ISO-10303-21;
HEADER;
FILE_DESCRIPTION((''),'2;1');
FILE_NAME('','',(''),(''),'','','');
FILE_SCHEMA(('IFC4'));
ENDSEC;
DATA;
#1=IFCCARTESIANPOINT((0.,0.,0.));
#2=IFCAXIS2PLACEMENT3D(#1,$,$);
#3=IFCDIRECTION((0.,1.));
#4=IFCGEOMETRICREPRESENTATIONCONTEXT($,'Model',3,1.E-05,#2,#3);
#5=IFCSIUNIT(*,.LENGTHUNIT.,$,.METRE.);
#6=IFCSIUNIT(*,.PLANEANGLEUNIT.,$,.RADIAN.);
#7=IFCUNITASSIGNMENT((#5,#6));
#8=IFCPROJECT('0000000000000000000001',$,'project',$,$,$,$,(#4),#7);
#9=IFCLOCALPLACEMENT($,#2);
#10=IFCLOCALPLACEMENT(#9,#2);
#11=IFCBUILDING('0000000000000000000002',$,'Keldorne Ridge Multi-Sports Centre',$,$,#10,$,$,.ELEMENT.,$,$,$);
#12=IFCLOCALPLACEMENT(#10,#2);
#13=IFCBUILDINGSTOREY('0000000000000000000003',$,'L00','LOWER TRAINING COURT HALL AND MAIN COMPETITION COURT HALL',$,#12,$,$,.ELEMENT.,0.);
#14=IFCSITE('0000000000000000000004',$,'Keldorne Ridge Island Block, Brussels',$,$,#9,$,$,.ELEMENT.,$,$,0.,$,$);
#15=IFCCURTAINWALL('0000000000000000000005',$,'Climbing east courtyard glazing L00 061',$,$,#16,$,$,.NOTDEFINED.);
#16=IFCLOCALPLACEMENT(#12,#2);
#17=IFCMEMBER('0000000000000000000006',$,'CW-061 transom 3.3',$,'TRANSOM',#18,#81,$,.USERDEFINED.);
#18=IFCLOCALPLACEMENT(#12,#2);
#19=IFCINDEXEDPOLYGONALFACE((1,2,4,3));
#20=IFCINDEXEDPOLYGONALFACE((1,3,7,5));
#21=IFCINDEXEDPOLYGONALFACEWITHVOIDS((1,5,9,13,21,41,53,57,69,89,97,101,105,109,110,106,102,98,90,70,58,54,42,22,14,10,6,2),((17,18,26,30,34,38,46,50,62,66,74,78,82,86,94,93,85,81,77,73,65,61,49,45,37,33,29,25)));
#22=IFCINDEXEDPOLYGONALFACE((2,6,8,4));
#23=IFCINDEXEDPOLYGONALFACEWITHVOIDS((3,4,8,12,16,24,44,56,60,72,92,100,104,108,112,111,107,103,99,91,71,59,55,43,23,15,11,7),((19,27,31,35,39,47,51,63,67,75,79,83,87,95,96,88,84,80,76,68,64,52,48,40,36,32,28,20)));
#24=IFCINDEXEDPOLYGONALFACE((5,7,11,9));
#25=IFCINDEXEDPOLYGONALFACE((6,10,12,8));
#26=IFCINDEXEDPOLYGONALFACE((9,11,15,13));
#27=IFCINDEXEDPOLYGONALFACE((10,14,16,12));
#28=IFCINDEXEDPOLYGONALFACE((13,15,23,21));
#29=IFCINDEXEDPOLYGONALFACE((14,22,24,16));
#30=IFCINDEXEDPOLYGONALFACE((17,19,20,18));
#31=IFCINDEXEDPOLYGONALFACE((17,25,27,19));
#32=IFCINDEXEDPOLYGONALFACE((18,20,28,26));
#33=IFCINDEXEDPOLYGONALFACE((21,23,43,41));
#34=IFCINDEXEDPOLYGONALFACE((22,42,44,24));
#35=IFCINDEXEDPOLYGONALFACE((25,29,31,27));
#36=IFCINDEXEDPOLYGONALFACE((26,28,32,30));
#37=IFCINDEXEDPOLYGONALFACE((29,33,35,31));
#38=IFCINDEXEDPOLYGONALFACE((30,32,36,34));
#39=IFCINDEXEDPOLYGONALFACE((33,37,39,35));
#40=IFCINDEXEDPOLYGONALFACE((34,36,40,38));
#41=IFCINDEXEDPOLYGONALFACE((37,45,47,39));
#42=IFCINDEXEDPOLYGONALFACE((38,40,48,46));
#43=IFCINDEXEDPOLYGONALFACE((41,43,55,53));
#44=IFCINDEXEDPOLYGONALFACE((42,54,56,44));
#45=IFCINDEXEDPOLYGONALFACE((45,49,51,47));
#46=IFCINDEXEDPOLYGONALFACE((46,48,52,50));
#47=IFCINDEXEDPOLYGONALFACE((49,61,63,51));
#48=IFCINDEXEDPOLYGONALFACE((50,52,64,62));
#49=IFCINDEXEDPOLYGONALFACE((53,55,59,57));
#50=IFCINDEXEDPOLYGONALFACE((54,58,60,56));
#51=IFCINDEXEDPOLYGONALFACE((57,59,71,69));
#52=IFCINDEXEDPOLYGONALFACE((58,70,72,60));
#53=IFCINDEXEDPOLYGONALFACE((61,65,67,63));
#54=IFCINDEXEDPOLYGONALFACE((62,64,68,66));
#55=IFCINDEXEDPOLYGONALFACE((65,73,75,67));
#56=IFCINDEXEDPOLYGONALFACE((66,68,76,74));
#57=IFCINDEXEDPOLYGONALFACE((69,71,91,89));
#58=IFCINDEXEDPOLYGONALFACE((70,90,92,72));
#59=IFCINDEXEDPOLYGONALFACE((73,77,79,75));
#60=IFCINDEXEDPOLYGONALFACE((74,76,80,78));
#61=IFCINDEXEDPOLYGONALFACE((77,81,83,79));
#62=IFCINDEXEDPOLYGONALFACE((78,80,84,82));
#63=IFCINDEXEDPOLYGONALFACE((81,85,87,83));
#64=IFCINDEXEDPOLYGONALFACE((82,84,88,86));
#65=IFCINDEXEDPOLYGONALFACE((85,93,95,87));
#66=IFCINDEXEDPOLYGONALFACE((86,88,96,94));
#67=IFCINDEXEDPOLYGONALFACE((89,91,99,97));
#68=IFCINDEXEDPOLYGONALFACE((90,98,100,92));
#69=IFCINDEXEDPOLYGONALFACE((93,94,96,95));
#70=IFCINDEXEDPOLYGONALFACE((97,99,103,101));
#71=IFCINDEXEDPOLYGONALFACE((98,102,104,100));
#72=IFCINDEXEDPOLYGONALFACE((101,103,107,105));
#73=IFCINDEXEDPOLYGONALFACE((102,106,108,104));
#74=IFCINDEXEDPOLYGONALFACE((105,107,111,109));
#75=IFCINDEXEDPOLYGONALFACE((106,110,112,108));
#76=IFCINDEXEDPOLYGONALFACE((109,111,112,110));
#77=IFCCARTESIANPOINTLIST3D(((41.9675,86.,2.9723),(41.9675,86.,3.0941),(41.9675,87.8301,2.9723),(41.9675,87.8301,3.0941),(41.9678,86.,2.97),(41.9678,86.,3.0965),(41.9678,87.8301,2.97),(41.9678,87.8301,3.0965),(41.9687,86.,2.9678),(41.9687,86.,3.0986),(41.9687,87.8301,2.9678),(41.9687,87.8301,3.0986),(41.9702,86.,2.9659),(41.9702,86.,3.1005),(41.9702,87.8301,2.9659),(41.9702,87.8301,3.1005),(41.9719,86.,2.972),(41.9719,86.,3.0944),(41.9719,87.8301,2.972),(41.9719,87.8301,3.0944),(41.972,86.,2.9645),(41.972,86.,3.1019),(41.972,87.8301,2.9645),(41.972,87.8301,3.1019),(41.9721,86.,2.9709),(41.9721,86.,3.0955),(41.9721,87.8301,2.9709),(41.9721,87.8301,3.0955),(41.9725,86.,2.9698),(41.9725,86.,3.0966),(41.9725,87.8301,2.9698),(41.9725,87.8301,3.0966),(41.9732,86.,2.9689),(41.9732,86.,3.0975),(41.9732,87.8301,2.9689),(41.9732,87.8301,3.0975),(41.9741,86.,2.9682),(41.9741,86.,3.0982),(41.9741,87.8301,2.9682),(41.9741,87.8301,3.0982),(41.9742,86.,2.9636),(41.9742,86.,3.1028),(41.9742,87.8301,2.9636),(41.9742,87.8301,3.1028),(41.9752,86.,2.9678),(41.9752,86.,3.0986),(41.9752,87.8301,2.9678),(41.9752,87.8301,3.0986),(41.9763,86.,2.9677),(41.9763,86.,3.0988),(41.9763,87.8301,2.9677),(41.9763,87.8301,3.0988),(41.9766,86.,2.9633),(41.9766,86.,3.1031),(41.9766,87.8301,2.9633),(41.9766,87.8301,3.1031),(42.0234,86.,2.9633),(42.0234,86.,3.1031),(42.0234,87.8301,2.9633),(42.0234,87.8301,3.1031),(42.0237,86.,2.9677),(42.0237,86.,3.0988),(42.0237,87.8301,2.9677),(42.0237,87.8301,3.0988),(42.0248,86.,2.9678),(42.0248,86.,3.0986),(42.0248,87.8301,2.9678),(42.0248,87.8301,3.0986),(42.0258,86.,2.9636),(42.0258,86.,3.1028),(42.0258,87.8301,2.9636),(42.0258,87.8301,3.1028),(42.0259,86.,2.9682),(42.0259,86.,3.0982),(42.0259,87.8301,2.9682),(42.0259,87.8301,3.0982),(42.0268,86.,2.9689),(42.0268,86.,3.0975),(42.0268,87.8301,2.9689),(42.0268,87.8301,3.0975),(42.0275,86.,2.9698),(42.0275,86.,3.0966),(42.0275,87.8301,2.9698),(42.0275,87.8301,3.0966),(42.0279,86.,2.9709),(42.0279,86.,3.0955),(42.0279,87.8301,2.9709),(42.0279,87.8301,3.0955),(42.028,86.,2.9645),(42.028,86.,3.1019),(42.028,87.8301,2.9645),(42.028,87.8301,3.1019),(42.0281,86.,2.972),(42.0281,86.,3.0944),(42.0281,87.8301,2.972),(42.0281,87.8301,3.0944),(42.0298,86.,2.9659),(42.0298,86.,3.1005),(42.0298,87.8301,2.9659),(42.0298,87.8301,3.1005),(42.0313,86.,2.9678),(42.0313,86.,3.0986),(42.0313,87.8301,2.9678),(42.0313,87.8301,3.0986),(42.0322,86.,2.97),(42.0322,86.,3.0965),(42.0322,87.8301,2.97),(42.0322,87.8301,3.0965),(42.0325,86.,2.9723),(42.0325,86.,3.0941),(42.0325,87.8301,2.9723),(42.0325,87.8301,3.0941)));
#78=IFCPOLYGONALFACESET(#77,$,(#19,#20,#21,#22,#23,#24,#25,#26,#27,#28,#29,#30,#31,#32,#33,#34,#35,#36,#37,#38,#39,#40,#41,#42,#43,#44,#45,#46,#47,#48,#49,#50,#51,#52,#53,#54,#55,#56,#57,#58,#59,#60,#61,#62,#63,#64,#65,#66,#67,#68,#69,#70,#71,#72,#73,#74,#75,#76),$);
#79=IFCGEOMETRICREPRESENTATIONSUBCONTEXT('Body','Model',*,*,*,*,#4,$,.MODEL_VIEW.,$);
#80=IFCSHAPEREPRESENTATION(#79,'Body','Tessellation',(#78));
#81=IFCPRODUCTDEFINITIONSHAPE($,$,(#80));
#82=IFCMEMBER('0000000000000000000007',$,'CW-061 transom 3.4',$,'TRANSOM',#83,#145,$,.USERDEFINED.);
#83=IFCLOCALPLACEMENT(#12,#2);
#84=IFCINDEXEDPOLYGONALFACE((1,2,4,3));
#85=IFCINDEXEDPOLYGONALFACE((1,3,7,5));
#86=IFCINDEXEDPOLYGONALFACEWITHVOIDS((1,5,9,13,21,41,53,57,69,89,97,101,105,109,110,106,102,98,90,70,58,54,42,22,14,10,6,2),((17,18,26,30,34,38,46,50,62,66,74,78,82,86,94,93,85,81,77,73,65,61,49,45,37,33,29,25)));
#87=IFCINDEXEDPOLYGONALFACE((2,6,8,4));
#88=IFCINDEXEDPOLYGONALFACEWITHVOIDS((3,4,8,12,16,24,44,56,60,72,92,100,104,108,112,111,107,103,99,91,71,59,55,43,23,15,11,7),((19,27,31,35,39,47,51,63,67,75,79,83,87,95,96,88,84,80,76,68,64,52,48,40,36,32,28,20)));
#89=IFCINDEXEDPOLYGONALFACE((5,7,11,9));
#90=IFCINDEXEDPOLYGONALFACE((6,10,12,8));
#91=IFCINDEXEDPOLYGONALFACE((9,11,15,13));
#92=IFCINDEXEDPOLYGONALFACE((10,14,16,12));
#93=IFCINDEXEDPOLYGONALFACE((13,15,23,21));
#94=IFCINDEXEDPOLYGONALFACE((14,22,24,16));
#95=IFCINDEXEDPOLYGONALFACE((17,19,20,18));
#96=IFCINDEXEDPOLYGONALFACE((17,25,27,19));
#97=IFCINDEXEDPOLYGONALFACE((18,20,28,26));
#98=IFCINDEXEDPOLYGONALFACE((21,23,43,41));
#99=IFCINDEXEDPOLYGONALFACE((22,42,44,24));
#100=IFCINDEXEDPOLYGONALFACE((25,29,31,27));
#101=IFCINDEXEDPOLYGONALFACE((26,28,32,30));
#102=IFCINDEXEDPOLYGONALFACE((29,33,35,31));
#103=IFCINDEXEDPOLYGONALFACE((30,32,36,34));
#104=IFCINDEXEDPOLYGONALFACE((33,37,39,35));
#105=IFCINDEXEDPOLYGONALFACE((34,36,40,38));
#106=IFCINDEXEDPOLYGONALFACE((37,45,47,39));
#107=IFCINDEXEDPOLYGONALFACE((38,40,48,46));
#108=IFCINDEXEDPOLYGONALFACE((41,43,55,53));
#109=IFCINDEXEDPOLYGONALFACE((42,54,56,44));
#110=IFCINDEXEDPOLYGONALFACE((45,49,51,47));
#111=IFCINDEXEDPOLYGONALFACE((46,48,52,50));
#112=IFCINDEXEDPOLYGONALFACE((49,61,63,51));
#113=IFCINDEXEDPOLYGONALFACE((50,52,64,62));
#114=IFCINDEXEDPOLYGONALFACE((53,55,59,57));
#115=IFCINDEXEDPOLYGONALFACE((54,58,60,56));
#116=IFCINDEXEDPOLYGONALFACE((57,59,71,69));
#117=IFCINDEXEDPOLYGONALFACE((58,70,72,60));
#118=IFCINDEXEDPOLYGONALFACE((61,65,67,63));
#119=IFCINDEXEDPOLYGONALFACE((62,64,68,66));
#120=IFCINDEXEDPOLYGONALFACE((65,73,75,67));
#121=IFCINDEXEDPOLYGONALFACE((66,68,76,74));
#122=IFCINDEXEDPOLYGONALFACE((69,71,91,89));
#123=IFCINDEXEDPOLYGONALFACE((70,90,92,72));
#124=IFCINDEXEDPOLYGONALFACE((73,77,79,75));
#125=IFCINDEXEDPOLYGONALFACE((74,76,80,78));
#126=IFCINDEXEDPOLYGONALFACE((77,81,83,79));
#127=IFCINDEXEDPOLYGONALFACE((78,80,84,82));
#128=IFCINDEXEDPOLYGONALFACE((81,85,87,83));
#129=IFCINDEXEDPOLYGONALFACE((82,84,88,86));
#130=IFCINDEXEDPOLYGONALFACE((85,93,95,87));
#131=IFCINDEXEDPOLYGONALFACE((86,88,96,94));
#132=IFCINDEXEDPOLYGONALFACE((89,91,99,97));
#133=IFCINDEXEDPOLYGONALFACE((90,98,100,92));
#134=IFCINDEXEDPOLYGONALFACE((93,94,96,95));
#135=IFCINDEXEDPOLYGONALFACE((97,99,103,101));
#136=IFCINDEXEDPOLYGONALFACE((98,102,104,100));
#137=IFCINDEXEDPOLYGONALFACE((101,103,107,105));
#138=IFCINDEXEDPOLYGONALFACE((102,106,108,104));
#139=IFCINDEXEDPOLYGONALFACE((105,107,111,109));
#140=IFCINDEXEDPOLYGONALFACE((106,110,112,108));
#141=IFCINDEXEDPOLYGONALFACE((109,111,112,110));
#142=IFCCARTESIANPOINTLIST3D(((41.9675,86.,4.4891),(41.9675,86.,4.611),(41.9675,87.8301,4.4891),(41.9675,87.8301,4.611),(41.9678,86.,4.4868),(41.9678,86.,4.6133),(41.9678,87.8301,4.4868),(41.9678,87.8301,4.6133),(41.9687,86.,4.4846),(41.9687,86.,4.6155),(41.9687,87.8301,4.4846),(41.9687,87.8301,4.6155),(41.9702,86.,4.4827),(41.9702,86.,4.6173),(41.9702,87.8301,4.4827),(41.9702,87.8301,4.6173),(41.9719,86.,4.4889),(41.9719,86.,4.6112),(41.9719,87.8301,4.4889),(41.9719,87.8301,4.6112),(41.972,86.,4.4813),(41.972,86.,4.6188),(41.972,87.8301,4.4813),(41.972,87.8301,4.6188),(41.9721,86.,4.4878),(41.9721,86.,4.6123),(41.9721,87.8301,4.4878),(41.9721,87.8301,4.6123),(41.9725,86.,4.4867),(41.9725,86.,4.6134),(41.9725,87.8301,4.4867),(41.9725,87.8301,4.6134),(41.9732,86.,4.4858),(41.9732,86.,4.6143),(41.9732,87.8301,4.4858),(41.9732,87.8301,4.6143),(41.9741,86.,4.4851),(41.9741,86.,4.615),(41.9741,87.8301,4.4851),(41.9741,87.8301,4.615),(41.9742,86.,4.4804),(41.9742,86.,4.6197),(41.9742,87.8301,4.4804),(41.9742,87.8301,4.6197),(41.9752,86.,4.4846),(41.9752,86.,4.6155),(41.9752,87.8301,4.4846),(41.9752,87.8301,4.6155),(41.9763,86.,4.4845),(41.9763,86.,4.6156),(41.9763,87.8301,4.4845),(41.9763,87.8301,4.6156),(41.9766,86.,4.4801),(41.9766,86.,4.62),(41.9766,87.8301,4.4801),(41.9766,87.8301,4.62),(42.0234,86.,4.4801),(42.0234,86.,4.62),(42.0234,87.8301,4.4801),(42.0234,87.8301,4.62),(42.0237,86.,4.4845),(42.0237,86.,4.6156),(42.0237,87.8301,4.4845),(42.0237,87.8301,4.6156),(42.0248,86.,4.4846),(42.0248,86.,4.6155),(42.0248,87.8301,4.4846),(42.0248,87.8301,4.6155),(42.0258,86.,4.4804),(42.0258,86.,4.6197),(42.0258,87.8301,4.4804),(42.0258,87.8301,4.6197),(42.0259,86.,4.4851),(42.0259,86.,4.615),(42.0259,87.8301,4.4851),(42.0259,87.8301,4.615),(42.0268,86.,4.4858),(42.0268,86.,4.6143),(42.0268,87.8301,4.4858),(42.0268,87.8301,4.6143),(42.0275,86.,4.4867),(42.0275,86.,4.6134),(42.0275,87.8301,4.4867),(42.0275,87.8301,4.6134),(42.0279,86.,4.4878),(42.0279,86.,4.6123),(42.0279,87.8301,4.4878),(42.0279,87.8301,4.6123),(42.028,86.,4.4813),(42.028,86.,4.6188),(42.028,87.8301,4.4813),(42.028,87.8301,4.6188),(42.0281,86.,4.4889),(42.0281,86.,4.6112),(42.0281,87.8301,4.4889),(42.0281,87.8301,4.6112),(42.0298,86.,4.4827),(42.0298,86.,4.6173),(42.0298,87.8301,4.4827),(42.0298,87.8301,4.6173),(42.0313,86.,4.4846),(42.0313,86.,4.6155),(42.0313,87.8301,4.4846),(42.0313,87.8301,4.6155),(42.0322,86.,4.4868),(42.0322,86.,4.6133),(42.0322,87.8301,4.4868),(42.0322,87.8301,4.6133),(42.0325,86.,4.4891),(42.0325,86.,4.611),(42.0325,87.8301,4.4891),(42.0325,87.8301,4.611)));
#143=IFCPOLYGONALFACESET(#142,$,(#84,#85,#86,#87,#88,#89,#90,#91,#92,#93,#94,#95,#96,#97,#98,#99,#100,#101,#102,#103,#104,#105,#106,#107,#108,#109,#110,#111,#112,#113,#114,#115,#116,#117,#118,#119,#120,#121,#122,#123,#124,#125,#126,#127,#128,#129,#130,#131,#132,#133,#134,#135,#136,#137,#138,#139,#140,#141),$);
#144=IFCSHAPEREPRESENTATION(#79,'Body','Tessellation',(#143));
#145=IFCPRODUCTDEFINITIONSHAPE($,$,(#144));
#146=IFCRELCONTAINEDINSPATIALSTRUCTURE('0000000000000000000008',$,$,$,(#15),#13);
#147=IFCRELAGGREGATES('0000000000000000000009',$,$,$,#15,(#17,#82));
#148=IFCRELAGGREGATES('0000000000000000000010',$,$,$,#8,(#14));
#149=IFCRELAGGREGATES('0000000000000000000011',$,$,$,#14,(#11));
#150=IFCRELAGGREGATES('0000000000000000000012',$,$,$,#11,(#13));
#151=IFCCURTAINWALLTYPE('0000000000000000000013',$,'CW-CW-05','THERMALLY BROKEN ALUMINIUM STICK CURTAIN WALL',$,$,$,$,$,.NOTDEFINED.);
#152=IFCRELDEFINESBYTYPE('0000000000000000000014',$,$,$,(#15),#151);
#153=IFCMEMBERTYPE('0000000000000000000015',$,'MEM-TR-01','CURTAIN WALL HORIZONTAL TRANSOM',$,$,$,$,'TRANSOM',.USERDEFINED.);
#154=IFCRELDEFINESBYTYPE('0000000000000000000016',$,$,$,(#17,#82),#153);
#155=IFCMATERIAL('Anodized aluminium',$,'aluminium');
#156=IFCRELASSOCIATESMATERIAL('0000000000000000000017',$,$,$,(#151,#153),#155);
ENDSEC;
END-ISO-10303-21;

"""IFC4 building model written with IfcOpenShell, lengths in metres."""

from ifc_helpers import new_model, si_unit, direction, frame, origin, origin_2d, place, context, subcontext, project, spatial, hollow_rectangle, extrude, material, material_profile, profile_set, type_object, element, aggregate, save


model = new_model("IFC4")

# Units and contexts
model_context = context("Model", 3, precision=1e-05, world=origin(), true_north=direction((0.0, 1.0)))
body_context = subcontext(model_context, "Body", "Model", "MODEL_VIEW")
ifc_project = project(units=[si_unit("LENGTHUNIT", "METRE"), si_unit("PLANEANGLEUNIT", "RADIAN")], contexts=[model_context])

# Site, building, storey
site_placement = place(None, origin())
site = spatial("IfcSite", under=ifc_project, at=site_placement, Name="Keldorne Ridge Island Block, Brussels", CompositionType="ELEMENT", RefElevation=0.0)
building_placement = place(site_placement, origin())
building = spatial("IfcBuilding", under=site, at=building_placement, Name="Keldorne Ridge Multi-Sports Centre", CompositionType="ELEMENT")
storey_placement = place(building_placement, origin())
storey = spatial("IfcBuildingStorey", under=building, at=storey_placement, Name="L00", Description="LOWER TRAINING COURT HALL AND MAIN COMPETITION COURT HALL", CompositionType="ELEMENT", Elevation=0.0)

# Curtain wall, members
ifc_material_1 = material(Name="Anodized aluminium", Category="aluminium")
curtain_wall_type_1 = type_object("IfcCurtainWallType", Name="CW-CW-05", Description="THERMALLY BROKEN ALUMINIUM STICK CURTAIN WALL", PredefinedType="NOTDEFINED", material=ifc_material_1)
curtain_wall_1_placement = place(storey_placement, origin())
curtain_wall_1 = element("IfcCurtainWall", 1, at=curtain_wall_1_placement, inside=storey, type_object=curtain_wall_type_1, Name="Climbing east courtyard glazing L00 061", PredefinedType="NOTDEFINED")
ifc_material_profile_1 = material_profile(ifc_material_1, hollow_rectangle(XDim=0.0649, YDim=0.1399, WallThickness=0.0044, InnerFilletRadius=0.0044, OuterFilletRadius=0.009, at=origin_2d()), Name="ALU TRANSOM 140x65x4.5")
ifc_profile_set_1 = profile_set([ifc_material_profile_1], Name="Anodized aluminium")
member_type_1 = type_object("IfcMemberType", Name="MEM-TR-01", Description="CURTAIN WALL HORIZONTAL TRANSOM", ElementType="TRANSOM", PredefinedType="USERDEFINED", material=ifc_profile_set_1)
member_1_placement = place(storey_placement, frame((42.0, 86.0, 3.0332), z_axis=(0.0, 1.0, 0.0), x_axis=(-1.0, 0.0, 0.0)))
member_1 = element("IfcMember", 2, at=member_1_placement, type_object=member_type_1, Name="CW-061 transom 3.3", ObjectType="TRANSOM", PredefinedType="USERDEFINED", context=body_context, shape_type="SweptSolid", body=[
    extrude(hollow_rectangle(XDim=0.0649, YDim=0.1399, WallThickness=0.0044, InnerFilletRadius=0.0044, OuterFilletRadius=0.009, at=origin_2d()), origin(), (0.0, 0.0, 1.0), 1.8301),
])
member_2_placement = place(storey_placement, frame((42.0, 86.0, 4.55), z_axis=(0.0, 1.0, 0.0), x_axis=(-1.0, 0.0, 0.0)))
member_2 = element("IfcMember", 3, at=member_2_placement, type_object=member_type_1, Name="CW-061 transom 3.4", ObjectType="TRANSOM", PredefinedType="USERDEFINED", context=body_context, shape_type="SweptSolid", body=[
    extrude(hollow_rectangle(XDim=0.0649, YDim=0.1399, WallThickness=0.0044, InnerFilletRadius=0.0044, OuterFilletRadius=0.009, at=origin_2d()), origin(), (0.0, 0.0, 1.0), 1.8301),
])

aggregate(curtain_wall_1, [member_1, member_2])

save(model, "model.ifc")
